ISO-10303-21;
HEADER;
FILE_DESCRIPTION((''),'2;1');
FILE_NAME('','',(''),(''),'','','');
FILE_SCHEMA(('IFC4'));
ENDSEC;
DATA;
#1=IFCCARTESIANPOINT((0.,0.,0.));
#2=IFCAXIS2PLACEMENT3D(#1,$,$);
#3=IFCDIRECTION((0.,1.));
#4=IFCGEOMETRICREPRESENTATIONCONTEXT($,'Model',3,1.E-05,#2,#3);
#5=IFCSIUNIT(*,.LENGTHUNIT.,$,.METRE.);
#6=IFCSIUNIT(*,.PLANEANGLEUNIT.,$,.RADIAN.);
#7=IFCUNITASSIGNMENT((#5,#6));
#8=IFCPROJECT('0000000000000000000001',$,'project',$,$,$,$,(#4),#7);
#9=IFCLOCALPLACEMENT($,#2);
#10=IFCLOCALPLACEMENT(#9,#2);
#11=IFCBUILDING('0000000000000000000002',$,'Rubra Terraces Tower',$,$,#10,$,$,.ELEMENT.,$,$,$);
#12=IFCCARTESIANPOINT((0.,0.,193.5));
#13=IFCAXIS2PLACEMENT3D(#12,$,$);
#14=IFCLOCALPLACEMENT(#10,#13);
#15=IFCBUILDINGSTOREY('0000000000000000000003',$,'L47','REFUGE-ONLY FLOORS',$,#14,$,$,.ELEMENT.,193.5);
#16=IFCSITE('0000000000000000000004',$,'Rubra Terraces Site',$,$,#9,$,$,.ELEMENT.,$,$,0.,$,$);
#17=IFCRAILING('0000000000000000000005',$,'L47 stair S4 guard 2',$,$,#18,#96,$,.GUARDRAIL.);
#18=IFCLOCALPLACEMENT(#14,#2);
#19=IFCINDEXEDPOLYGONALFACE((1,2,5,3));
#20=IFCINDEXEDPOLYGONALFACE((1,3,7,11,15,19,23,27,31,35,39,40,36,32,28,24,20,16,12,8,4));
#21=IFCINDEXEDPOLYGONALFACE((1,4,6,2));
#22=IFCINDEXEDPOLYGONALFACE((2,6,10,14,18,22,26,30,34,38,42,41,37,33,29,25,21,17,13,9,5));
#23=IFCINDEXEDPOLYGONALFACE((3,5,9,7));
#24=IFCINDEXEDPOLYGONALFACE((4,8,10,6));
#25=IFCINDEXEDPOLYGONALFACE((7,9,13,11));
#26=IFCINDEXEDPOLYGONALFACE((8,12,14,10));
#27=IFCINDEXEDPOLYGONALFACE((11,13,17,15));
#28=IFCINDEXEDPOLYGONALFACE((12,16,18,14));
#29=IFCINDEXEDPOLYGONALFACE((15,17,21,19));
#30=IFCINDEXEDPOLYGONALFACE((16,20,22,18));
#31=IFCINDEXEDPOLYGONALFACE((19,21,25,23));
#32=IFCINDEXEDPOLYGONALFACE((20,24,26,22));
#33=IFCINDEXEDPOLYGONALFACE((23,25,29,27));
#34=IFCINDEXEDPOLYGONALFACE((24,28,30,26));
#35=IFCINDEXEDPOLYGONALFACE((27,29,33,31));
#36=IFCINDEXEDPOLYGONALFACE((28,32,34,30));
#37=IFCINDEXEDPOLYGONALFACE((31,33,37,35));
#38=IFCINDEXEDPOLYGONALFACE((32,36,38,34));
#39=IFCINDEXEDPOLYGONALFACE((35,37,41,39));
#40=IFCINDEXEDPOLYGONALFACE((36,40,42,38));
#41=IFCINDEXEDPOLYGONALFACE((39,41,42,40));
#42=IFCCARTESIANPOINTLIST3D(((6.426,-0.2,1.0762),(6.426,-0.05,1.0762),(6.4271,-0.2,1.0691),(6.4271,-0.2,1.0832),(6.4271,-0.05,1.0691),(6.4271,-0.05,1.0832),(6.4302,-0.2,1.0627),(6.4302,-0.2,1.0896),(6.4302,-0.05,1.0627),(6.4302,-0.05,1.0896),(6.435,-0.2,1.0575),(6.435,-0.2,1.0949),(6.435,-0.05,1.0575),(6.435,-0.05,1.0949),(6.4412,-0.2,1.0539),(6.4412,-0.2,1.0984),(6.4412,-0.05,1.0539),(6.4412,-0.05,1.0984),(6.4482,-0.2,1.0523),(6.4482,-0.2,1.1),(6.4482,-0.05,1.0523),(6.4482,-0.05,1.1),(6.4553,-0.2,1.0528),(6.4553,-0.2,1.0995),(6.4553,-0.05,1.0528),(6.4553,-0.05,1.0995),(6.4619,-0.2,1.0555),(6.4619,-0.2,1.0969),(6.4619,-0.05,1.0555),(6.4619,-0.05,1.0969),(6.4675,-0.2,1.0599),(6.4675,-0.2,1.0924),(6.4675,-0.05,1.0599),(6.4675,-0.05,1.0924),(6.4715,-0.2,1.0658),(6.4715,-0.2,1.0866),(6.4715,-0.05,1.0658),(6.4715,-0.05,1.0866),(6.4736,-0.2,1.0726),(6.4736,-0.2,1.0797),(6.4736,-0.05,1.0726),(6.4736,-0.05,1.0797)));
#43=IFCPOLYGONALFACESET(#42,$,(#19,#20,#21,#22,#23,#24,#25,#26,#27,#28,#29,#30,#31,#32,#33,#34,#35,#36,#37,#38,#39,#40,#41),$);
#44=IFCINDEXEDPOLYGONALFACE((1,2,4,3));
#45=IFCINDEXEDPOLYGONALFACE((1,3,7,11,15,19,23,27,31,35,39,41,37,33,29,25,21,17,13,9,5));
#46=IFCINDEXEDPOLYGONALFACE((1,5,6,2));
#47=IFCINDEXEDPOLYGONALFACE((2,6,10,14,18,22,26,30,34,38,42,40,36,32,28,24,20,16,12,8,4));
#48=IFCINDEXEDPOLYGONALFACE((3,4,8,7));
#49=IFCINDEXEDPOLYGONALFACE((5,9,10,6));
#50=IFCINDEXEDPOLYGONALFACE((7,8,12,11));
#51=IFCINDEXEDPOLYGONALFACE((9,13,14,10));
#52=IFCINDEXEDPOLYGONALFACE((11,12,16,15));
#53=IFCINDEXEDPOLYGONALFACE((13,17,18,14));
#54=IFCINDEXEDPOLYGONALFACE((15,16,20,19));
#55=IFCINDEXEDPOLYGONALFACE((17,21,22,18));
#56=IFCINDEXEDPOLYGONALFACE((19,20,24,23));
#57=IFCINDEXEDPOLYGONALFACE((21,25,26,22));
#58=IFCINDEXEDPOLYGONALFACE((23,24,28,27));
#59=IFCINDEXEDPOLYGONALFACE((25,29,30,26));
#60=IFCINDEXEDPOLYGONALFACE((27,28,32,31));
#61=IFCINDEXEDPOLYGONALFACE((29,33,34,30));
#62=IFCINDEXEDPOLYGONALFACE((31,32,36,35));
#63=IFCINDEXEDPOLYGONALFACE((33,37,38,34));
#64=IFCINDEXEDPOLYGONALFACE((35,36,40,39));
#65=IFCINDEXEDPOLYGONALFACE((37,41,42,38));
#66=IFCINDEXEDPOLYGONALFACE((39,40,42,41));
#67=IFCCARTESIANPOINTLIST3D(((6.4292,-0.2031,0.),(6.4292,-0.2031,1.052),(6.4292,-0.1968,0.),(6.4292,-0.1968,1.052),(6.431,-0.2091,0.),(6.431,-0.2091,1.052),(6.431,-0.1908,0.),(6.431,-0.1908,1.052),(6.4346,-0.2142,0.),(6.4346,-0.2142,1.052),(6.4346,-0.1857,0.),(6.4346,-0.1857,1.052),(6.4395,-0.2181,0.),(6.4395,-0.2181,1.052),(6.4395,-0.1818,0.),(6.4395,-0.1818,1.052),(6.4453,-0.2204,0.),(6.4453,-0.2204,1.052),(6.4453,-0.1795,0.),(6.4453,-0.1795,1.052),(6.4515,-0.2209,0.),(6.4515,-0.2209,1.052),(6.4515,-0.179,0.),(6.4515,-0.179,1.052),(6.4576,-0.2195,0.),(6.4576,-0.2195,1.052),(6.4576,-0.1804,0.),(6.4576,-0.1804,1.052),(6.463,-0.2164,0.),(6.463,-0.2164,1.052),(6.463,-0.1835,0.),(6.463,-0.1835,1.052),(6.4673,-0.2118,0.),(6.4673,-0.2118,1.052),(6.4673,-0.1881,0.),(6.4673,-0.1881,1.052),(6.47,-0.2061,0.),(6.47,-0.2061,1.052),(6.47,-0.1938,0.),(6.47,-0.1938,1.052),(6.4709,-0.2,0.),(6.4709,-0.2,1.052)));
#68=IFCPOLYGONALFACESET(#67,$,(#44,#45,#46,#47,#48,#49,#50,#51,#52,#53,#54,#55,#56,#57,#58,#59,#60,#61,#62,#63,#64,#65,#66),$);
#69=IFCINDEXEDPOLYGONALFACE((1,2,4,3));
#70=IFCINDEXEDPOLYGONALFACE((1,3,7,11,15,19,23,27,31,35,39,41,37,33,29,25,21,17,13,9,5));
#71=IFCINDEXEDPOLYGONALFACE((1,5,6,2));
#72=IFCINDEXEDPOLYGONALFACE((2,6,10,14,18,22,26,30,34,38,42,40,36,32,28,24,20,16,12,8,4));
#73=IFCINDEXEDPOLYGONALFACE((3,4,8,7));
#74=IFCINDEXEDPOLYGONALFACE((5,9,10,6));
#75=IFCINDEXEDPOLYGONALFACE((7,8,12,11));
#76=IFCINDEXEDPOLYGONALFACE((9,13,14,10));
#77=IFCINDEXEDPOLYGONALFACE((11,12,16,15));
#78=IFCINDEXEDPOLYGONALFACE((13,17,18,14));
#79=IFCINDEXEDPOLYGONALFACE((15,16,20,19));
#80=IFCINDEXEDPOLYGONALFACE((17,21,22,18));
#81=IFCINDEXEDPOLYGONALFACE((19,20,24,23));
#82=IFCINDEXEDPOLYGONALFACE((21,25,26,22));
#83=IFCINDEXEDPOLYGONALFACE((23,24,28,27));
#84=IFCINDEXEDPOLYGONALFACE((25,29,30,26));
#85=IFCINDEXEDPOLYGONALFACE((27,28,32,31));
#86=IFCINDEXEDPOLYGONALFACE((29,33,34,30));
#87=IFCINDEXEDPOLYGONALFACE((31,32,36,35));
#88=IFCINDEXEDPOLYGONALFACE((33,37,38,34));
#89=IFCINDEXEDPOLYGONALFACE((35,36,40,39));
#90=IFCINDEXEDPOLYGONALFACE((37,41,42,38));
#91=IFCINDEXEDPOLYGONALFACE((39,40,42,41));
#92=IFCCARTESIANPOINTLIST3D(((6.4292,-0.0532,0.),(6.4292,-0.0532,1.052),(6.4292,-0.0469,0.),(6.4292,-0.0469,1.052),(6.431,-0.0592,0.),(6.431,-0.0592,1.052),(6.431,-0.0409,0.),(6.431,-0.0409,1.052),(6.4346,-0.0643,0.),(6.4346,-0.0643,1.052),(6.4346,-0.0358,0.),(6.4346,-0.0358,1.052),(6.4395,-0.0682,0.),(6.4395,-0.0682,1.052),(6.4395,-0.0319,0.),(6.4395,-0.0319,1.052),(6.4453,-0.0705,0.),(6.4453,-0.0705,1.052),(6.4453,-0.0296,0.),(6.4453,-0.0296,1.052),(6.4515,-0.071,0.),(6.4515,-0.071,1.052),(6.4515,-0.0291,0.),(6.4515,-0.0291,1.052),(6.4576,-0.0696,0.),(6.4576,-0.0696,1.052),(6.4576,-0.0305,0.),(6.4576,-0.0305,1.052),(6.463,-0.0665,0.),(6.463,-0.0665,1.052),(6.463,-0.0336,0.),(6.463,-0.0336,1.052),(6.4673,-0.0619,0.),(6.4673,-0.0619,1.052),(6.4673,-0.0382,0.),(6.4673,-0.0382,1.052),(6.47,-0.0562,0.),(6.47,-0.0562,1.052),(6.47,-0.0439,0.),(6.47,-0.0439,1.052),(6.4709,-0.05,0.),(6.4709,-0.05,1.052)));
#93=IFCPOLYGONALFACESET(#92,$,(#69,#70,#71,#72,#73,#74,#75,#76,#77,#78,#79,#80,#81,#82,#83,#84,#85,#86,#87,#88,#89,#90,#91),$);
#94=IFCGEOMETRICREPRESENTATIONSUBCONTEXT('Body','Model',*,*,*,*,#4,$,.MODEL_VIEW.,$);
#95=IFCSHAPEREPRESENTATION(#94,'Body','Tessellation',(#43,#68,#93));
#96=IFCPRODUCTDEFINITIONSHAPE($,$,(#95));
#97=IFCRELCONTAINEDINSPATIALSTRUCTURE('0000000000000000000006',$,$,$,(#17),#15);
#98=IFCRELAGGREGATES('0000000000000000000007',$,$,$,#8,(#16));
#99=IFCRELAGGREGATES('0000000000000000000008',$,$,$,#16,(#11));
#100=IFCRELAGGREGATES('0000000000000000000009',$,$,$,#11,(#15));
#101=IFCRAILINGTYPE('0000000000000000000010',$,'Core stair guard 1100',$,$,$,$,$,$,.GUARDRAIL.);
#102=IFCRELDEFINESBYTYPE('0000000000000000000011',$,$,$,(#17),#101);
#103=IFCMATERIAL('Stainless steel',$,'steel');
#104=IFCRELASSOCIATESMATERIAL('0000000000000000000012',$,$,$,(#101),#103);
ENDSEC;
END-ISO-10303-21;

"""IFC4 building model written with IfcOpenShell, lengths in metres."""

from ifc_helpers import new_model, si_unit, direction, frame, origin, origin_2d, place, context, subcontext, project, spatial, circle, extrude, material, type_object, element, save


model = new_model("IFC4")

# Units and contexts
model_context = context("Model", 3, precision=1e-05, world=origin(), true_north=direction((0.0, 1.0)))
body_context = subcontext(model_context, "Body", "Model", "MODEL_VIEW")
ifc_project = project(units=[si_unit("LENGTHUNIT", "METRE"), si_unit("PLANEANGLEUNIT", "RADIAN")], contexts=[model_context])

# Site, building, storey
site_placement = place(None, origin())
site = spatial("IfcSite", under=ifc_project, at=site_placement, Name="Rubra Terraces Site", CompositionType="ELEMENT", RefElevation=0.0)
building_placement = place(site_placement, origin())
building = spatial("IfcBuilding", under=site, at=building_placement, Name="Rubra Terraces Tower", CompositionType="ELEMENT")
storey_placement = place(building_placement, frame((0.0, 0.0, 193.5)))
storey = spatial("IfcBuildingStorey", under=building, at=storey_placement, Name="L47", Description="REFUGE-ONLY FLOORS", CompositionType="ELEMENT", Elevation=193.5)

# Railing
ifc_material_1 = material(Name="Stainless steel", Category="steel")
railing_type_1 = type_object("IfcRailingType", Name="Core stair guard 1100", PredefinedType="GUARDRAIL", material=ifc_material_1)
railing_1_placement = place(storey_placement, frame((6.45, -0.2, 0.0)))
element("IfcRailing", 1, at=railing_1_placement, inside=storey, type_object=railing_type_1, Name="L47 stair S4 guard 2", PredefinedType="GUARDRAIL", context=body_context, shape_type="SweptSolid", body=[
    extrude(circle(Radius=0.0239, at=origin_2d()), frame((0.0, 0.0, 1.0762), z_axis=(0.0, 1.0, 0.0), x_axis=(-1.0, 0.0, 0.0)), (0.0, 0.0, 1.0), 0.1499),
    extrude(circle(Radius=0.021, at=origin_2d()), origin(), (0.0, 0.0, 1.0), 1.052),
    extrude(circle(Radius=0.021, at=origin_2d()), frame((0.0, 0.1499, 0.0)), (0.0, 0.0, 1.0), 1.052),
])

save(model, "model.ifc")
